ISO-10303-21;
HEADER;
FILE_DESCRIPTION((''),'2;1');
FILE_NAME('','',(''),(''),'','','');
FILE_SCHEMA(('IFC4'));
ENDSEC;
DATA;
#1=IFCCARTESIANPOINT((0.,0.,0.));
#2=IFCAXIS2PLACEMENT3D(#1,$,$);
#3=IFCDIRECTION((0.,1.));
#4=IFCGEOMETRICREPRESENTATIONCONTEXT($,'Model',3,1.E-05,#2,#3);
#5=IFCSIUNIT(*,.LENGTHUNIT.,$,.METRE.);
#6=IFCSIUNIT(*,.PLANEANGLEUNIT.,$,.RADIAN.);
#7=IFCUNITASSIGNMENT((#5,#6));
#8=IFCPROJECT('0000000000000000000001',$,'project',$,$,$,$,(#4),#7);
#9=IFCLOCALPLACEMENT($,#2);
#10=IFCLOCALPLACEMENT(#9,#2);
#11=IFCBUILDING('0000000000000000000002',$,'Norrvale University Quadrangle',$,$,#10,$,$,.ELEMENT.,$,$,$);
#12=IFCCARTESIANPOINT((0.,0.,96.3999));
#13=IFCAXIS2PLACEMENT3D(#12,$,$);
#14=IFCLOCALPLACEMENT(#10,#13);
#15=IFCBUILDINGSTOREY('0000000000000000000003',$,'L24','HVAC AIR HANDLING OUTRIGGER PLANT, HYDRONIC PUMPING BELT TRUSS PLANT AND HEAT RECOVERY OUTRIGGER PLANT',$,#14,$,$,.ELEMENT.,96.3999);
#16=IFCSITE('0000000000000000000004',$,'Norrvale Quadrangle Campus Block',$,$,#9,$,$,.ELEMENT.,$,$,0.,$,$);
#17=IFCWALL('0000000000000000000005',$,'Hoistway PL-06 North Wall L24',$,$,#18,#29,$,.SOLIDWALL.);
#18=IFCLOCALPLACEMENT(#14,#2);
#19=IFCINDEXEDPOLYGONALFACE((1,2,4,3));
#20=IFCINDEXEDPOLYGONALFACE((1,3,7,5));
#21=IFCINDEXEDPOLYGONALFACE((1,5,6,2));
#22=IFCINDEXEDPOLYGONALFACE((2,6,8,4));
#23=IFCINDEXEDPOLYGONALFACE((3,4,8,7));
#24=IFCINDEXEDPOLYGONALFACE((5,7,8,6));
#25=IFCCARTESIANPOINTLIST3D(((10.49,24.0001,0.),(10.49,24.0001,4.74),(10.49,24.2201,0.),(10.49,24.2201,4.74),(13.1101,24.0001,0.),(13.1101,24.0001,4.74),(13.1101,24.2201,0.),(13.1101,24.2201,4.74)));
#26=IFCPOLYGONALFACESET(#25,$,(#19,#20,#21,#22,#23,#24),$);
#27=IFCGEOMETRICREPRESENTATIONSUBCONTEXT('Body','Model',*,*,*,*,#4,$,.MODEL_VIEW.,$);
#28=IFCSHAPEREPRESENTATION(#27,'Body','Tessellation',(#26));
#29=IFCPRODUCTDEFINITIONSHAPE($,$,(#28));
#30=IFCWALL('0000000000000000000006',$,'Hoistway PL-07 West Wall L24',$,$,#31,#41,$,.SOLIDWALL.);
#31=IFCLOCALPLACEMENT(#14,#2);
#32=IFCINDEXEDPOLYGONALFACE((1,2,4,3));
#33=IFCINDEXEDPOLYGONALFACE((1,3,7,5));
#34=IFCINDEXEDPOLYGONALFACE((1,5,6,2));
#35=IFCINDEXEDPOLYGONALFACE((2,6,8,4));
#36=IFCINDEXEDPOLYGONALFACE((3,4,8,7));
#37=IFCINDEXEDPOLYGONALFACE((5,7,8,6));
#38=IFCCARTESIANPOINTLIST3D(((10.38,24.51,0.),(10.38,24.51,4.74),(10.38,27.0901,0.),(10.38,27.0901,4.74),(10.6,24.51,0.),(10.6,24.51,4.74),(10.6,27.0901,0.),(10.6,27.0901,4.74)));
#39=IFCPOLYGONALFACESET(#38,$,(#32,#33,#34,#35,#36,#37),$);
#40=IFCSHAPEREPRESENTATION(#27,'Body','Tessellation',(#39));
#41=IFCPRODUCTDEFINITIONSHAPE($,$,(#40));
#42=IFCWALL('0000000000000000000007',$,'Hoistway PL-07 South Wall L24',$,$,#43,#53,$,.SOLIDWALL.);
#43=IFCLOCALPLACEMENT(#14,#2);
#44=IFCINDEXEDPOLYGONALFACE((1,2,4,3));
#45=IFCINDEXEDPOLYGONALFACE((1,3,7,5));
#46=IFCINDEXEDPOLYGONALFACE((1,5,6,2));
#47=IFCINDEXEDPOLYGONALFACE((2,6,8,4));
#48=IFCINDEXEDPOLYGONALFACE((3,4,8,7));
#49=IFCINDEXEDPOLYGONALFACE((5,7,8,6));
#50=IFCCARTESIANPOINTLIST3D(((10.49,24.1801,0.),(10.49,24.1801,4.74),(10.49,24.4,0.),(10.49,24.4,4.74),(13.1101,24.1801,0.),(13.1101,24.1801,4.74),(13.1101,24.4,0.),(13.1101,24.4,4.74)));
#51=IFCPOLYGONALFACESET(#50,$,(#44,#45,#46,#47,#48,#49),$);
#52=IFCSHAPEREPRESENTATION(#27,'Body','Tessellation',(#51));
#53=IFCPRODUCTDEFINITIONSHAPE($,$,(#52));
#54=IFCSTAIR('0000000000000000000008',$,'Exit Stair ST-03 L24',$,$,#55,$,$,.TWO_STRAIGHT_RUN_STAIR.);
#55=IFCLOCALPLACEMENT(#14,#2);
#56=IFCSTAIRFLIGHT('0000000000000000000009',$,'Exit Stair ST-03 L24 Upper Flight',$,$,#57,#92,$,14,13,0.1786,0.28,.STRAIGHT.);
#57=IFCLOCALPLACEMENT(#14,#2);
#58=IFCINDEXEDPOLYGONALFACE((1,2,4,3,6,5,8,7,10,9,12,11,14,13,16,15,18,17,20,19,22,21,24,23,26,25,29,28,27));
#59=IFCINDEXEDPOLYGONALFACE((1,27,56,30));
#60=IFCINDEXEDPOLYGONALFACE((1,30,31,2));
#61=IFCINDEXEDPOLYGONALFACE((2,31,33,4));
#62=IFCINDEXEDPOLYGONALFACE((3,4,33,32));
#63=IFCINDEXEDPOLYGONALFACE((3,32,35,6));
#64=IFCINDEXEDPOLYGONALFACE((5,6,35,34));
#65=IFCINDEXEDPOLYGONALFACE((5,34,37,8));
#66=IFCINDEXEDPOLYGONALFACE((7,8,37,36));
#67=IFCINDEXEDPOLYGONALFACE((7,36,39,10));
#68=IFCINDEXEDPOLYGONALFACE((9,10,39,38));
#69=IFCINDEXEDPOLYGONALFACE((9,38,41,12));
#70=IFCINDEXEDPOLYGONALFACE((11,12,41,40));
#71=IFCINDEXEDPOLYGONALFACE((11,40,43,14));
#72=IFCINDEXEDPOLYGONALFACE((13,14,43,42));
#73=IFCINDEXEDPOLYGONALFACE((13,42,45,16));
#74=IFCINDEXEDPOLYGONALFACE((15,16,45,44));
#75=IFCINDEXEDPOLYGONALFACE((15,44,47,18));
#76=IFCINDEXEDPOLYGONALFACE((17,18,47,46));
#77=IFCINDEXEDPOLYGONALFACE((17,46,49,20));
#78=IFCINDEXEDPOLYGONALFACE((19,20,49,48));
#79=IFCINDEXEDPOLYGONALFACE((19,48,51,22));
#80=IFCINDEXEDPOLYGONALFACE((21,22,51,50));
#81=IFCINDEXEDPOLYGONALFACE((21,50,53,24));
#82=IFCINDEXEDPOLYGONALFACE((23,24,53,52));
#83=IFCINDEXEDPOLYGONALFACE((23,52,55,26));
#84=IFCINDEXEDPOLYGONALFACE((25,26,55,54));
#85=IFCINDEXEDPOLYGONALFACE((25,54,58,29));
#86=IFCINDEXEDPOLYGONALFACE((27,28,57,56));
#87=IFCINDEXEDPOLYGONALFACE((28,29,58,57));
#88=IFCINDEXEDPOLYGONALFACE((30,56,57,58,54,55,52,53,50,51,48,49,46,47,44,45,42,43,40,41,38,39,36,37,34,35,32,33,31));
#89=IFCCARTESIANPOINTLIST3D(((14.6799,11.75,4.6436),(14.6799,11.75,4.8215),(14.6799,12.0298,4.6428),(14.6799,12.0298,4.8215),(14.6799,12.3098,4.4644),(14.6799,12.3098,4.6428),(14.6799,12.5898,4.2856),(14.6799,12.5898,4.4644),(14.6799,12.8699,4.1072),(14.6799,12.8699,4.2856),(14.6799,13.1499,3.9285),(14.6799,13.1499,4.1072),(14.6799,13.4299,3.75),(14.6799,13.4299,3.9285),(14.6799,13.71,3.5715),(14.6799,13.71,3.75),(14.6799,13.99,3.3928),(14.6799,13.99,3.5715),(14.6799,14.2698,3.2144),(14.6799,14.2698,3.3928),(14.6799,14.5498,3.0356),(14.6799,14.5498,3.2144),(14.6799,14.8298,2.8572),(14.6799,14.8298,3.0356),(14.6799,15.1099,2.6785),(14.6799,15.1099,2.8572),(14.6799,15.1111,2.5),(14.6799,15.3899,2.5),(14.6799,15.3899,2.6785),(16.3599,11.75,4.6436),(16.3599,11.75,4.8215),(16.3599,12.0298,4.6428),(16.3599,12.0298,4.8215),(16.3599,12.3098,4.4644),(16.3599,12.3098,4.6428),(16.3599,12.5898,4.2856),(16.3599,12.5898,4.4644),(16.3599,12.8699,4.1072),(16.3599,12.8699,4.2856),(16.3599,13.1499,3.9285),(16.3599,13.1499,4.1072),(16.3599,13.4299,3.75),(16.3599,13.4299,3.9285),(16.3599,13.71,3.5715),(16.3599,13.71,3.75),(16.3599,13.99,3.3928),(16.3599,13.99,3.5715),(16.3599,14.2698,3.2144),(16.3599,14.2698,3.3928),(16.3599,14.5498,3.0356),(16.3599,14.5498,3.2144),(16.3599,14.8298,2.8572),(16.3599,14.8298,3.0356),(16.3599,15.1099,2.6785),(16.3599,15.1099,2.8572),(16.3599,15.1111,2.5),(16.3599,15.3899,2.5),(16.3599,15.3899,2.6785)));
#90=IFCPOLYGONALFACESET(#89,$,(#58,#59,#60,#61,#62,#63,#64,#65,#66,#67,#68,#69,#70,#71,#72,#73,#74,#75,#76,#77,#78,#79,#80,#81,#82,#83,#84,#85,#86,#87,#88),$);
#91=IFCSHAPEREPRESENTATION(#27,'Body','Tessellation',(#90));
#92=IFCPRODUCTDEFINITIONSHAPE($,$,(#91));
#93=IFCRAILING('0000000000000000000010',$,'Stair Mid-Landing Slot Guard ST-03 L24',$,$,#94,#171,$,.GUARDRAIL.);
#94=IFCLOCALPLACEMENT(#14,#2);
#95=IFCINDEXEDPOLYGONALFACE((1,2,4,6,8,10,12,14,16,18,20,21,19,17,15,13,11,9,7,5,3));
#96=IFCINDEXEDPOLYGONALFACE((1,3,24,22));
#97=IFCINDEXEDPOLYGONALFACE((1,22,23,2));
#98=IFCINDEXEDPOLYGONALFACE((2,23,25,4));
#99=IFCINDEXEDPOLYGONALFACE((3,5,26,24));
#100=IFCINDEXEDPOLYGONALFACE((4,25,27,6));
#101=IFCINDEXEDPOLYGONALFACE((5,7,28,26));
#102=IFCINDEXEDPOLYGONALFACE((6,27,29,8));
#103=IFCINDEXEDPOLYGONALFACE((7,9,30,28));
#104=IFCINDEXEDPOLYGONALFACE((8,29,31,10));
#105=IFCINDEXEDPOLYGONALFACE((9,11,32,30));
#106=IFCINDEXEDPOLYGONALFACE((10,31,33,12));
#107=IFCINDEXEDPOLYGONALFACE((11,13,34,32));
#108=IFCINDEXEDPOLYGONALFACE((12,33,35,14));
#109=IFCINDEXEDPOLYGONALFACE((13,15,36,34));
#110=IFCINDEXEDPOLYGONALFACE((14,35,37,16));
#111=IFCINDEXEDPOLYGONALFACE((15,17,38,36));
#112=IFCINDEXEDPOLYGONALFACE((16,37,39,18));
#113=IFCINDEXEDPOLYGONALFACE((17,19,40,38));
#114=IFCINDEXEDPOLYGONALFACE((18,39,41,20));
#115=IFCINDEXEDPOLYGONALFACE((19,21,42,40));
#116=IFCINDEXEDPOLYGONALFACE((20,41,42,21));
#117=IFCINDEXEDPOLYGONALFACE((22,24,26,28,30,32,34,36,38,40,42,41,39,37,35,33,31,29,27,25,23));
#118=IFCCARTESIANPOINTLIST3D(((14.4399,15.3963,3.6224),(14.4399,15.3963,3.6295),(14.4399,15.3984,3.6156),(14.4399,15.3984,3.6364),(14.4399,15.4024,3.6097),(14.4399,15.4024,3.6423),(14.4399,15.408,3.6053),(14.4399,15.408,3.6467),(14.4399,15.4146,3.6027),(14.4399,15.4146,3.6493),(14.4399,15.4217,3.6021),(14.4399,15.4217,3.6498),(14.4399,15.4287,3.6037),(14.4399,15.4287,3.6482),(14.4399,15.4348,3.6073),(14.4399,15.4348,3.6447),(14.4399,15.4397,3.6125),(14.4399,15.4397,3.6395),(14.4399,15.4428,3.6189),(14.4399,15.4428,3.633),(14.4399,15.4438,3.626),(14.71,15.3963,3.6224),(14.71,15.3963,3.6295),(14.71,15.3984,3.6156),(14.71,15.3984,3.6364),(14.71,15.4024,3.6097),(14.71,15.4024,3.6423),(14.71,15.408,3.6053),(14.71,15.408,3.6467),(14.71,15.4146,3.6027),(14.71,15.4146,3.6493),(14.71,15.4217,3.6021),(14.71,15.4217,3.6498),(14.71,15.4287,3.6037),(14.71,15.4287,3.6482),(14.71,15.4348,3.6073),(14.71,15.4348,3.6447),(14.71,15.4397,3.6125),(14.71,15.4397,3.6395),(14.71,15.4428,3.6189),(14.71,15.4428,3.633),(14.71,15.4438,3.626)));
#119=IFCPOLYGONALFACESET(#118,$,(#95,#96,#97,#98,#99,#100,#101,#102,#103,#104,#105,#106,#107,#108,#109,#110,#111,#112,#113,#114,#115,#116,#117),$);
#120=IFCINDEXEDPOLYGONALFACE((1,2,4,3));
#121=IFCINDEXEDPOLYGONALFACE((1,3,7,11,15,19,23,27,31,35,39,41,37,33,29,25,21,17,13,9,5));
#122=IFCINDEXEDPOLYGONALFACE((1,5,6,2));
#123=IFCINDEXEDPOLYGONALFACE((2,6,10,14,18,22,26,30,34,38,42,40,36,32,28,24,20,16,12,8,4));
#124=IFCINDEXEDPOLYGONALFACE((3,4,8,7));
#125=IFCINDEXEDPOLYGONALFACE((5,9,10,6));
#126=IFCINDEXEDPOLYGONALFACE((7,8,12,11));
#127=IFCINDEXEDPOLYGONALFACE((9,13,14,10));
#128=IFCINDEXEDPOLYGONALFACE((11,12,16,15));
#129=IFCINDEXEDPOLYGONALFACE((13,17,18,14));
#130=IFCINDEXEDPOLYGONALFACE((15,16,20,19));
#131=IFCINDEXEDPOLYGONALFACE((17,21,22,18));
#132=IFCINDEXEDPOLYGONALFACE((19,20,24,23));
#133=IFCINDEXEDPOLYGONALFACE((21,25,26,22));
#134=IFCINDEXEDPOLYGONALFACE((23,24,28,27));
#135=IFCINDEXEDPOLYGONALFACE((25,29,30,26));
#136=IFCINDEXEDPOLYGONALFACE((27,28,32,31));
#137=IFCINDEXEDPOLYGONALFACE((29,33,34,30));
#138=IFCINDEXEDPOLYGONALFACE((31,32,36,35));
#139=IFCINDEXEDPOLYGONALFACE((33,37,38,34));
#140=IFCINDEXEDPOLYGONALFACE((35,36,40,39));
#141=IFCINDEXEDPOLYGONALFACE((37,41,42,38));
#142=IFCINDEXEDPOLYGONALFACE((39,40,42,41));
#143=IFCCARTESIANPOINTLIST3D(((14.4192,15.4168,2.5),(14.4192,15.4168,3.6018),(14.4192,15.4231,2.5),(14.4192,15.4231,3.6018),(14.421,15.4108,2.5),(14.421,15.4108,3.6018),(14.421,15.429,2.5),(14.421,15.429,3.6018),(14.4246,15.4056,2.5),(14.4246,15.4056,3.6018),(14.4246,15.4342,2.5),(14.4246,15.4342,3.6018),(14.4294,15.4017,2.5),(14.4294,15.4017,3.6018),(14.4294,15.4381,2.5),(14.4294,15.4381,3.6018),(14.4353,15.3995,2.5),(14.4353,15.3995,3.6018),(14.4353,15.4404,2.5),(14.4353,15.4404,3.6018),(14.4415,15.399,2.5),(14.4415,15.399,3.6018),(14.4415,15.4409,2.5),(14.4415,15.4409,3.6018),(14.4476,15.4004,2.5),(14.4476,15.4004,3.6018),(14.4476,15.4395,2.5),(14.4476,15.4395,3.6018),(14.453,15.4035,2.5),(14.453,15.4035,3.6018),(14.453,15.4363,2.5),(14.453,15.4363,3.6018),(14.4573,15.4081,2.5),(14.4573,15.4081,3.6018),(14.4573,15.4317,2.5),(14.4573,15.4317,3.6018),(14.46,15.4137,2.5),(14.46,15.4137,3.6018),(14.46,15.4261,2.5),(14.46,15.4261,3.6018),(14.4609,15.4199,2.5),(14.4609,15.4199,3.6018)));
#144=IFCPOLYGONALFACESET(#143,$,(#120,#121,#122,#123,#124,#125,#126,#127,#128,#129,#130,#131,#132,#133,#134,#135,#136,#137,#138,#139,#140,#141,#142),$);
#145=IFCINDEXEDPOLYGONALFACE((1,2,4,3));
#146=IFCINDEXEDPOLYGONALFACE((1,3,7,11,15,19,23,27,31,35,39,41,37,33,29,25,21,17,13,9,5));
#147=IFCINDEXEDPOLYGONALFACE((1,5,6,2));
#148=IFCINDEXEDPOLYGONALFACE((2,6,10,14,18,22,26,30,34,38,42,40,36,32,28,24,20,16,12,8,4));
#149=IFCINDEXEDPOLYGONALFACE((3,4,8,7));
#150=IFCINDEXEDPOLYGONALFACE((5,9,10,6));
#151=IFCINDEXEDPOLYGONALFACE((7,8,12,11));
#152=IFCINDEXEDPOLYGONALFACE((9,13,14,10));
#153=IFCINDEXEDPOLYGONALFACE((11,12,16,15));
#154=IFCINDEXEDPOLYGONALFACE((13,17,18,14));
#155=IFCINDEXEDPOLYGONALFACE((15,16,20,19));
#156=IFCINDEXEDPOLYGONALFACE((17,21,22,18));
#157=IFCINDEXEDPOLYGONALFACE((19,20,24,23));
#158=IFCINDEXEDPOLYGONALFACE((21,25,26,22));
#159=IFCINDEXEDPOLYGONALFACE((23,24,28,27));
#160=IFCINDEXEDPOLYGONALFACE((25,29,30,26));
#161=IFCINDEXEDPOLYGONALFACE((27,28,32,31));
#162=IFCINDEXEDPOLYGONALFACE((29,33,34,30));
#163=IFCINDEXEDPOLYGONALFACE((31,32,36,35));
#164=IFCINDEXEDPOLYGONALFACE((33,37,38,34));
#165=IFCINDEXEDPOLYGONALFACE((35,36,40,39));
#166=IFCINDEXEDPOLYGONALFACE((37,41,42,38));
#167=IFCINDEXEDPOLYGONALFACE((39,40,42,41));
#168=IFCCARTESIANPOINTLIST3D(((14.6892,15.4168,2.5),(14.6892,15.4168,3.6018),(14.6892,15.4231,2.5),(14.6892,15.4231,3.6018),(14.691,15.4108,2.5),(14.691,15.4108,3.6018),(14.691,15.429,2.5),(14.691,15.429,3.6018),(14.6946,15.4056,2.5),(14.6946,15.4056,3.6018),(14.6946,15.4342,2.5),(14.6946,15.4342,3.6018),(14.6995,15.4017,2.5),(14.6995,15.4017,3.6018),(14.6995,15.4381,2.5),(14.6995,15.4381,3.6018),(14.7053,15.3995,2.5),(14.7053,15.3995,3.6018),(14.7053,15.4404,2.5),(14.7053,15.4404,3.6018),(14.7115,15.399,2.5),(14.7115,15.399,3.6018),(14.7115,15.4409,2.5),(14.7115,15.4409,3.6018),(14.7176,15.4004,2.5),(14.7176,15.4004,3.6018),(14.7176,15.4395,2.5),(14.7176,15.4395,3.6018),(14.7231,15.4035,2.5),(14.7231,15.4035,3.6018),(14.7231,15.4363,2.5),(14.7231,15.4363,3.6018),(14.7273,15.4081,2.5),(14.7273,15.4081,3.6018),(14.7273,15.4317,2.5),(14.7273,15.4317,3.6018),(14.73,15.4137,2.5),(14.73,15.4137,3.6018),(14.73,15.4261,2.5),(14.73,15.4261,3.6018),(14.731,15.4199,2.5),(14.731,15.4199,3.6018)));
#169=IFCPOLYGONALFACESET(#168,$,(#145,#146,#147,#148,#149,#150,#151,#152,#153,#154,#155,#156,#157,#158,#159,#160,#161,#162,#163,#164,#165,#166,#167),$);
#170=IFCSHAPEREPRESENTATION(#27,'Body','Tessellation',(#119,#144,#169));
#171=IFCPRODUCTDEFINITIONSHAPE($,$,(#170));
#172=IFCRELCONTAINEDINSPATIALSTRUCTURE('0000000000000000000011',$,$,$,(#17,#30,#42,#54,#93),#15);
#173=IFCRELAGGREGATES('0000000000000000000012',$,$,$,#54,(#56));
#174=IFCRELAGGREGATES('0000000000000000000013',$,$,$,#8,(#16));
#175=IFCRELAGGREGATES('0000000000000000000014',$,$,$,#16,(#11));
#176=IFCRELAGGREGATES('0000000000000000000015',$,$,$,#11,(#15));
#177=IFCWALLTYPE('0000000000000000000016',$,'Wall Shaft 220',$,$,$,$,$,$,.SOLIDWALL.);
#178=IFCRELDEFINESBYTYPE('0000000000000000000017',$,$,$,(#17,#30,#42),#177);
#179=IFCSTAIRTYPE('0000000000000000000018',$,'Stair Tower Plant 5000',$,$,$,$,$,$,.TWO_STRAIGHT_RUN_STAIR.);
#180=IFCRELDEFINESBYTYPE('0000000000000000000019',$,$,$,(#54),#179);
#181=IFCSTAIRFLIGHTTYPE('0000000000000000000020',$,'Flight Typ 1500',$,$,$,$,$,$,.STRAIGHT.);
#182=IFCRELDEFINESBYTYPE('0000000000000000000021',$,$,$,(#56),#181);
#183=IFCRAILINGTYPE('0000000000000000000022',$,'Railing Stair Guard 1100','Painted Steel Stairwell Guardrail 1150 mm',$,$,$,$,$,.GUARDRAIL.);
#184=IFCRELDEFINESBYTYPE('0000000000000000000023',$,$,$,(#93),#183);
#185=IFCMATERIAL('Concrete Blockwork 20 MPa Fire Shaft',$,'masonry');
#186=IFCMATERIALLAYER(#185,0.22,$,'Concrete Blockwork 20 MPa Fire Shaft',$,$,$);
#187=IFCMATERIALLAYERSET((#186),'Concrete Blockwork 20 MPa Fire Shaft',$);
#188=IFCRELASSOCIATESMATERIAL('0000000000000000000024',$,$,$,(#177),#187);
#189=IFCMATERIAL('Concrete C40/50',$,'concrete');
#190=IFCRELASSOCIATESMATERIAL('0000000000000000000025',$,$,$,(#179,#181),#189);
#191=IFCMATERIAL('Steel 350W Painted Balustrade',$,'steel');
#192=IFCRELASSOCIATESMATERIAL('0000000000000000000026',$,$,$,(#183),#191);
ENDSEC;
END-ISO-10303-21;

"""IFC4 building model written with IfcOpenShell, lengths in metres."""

from ifc_helpers import new_model, si_unit, direction, frame, frame_2d, origin, origin_2d, place, context, subcontext, project, spatial, polyline, rectangle, circle, outline, extrude, material, layer, layer_set, type_object, element, aggregate, save


model = new_model("IFC4")

# Units and contexts
model_context = context("Model", 3, precision=1e-05, world=origin(), true_north=direction((0.0, 1.0)))
body_context = subcontext(model_context, "Body", "Model", "MODEL_VIEW")
ifc_project = project(units=[si_unit("LENGTHUNIT", "METRE"), si_unit("PLANEANGLEUNIT", "RADIAN")], contexts=[model_context])

# Site, building, storey
site_placement = place(None, origin())
site = spatial("IfcSite", under=ifc_project, at=site_placement, Name="Norrvale Quadrangle Campus Block", CompositionType="ELEMENT", RefElevation=0.0)
building_placement = place(site_placement, origin())
building = spatial("IfcBuilding", under=site, at=building_placement, Name="Norrvale University Quadrangle", CompositionType="ELEMENT")
storey_placement = place(building_placement, frame((0.0, 0.0, 96.3999)))
storey = spatial("IfcBuildingStorey", under=building, at=storey_placement, Name="L24", Description="HVAC AIR HANDLING OUTRIGGER PLANT, HYDRONIC PUMPING BELT TRUSS PLANT AND HEAT RECOVERY OUTRIGGER PLANT", CompositionType="ELEMENT", Elevation=96.3999)

# Walls
ifc_material_1 = material(Name="Concrete Blockwork 20 MPa Fire Shaft", Category="masonry")
ifc_layer_1 = layer(ifc_material_1, 0.22, Name="Concrete Blockwork 20 MPa Fire Shaft")
ifc_layer_set_1 = layer_set([ifc_layer_1], Name="Concrete Blockwork 20 MPa Fire Shaft")
wall_type_1 = type_object("IfcWallType", Name="Wall Shaft 220", PredefinedType="SOLIDWALL", material=ifc_layer_set_1)
for number, where, z_axis, x_axis, name in (
    (1, (10.49, 24.1101, 0.0), (0.0, 0.0, 1.0), (1.0, 0.0, 0.0), "Hoistway PL-06 North Wall L24"),
):
    element("IfcWall", number, at=place(storey_placement, frame(where, z_axis=z_axis, x_axis=x_axis)), inside=storey, type_object=wall_type_1, Name=name, PredefinedType="SOLIDWALL", context=body_context, shape_type="SweptSolid", body=[
        extrude(rectangle(XDim=2.6201, YDim=0.22, at=frame_2d((1.3101, 0.0))), origin(), (0.0, 0.0, 1.0), 4.74),
    ])
wall_1_placement = place(storey_placement, frame((10.49, 24.51, 0.0), z_axis=(0.0, 0.0, 1.0), x_axis=(0.0, 1.0, 0.0)))
element("IfcWall", 2, at=wall_1_placement, inside=storey, type_object=wall_type_1, Name="Hoistway PL-07 West Wall L24", PredefinedType="SOLIDWALL", context=body_context, shape_type="SweptSolid", body=[
    extrude(rectangle(XDim=2.5801, YDim=0.22, at=frame_2d((1.29, 0.0))), origin(), (0.0, 0.0, 1.0), 4.74),
])
wall_2_placement = place(storey_placement, frame((10.49, 24.29, 0.0), z_axis=(0.0, 0.0, 1.0), x_axis=(1.0, 0.0, 0.0)))
element("IfcWall", 3, at=wall_2_placement, inside=storey, type_object=wall_type_1, Name="Hoistway PL-07 South Wall L24", PredefinedType="SOLIDWALL", context=body_context, shape_type="SweptSolid", body=[
    extrude(rectangle(XDim=2.6201, YDim=0.22, at=frame_2d((1.3101, 0.0))), origin(), (0.0, 0.0, 1.0), 4.74),
])

# Stair, stair flight
ifc_material_2 = material(Name="Concrete C40/50", Category="concrete")
stair_type = type_object("IfcStairType", Name="Stair Tower Plant 5000", PredefinedType="TWO_STRAIGHT_RUN_STAIR", material=ifc_material_2)
stair_placement = place(storey_placement, origin())
stair = element("IfcStair", 4, at=stair_placement, inside=storey, type_object=stair_type, Name="Exit Stair ST-03 L24", PredefinedType="TWO_STRAIGHT_RUN_STAIR")
stair_flight_type = type_object("IfcStairFlightType", Name="Flight Typ 1500", PredefinedType="STRAIGHT", material=ifc_material_2)
stair_flight_placement = place(storey_placement, frame((15.52, 15.3899, 2.5), z_axis=(0.0, 0.0, 1.0), x_axis=(0.0, -1.0, 0.0)))
stair_flight = element("IfcStairFlight", 5, at=stair_flight_placement, type_object=stair_flight_type, Name="Exit Stair ST-03 L24 Upper Flight", NumberOfRisers=14, NumberOfTreads=13, PredefinedType="STRAIGHT", RiserHeight=0.1786, TreadLength=0.28, context=body_context, shape_type="SweptSolid", body=[
    extrude(outline(polyline([(0.0, 0.0), (0.0, 0.1785), (0.28, 0.1785), (0.28, 0.3572), (0.5601, 0.3572), (0.5601, 0.5356), (0.8401, 0.5356), (0.8401, 0.7144), (1.1201, 0.7144), (1.1201, 0.8928), (1.3999, 0.8928), (1.3999, 1.0715), (1.6799, 1.0715), (1.6799, 1.25), (1.96, 1.25), (1.96, 1.4285), (2.24, 1.4285), (2.24, 1.6072), (2.52, 1.6072), (2.52, 1.7856), (2.8, 1.7856), (2.8, 1.9644), (3.0801, 1.9644), (3.0801, 2.1428), (3.3601, 2.1428), (3.3601, 2.3215), (3.6399, 2.3215), (3.6399, 2.5), (3.6399, 2.1436), (0.2788, 0.0), (0.0, 0.0)])), frame((0.0, 0.8398, 0.0), z_axis=(0.0, -1.0, 0.0), x_axis=(1.0, 0.0, 0.0)), (0.0, 0.0, 1.0), 1.6799),
])
aggregate(stair, [stair_flight])

# Railing
ifc_material_3 = material(Name="Steel 350W Painted Balustrade", Category="steel")
railing_type_1 = type_object("IfcRailingType", Name="Railing Stair Guard 1100", Description="Painted Steel Stairwell Guardrail 1150 mm", PredefinedType="GUARDRAIL", material=ifc_material_3)
railing_1_placement = place(storey_placement, frame((14.4399, 15.4199, 2.5)))
element("IfcRailing", 6, at=railing_1_placement, inside=storey, type_object=railing_type_1, Name="Stair Mid-Landing Slot Guard ST-03 L24", PredefinedType="GUARDRAIL", context=body_context, shape_type="SweptSolid", body=[
    extrude(circle(Radius=0.0239, at=origin_2d()), frame((0.0, 0.0, 1.126), z_axis=(1.0, 0.0, 0.0), x_axis=(0.0, 1.0, 0.0)), (0.0, 0.0, 1.0), 0.27),
    extrude(circle(Radius=0.021, at=origin_2d()), origin(), (0.0, 0.0, 1.0), 1.1018),
    extrude(circle(Radius=0.021, at=origin_2d()), frame((0.27, 0.0, 0.0)), (0.0, 0.0, 1.0), 1.1018),
])

save(model, "model.ifc")
